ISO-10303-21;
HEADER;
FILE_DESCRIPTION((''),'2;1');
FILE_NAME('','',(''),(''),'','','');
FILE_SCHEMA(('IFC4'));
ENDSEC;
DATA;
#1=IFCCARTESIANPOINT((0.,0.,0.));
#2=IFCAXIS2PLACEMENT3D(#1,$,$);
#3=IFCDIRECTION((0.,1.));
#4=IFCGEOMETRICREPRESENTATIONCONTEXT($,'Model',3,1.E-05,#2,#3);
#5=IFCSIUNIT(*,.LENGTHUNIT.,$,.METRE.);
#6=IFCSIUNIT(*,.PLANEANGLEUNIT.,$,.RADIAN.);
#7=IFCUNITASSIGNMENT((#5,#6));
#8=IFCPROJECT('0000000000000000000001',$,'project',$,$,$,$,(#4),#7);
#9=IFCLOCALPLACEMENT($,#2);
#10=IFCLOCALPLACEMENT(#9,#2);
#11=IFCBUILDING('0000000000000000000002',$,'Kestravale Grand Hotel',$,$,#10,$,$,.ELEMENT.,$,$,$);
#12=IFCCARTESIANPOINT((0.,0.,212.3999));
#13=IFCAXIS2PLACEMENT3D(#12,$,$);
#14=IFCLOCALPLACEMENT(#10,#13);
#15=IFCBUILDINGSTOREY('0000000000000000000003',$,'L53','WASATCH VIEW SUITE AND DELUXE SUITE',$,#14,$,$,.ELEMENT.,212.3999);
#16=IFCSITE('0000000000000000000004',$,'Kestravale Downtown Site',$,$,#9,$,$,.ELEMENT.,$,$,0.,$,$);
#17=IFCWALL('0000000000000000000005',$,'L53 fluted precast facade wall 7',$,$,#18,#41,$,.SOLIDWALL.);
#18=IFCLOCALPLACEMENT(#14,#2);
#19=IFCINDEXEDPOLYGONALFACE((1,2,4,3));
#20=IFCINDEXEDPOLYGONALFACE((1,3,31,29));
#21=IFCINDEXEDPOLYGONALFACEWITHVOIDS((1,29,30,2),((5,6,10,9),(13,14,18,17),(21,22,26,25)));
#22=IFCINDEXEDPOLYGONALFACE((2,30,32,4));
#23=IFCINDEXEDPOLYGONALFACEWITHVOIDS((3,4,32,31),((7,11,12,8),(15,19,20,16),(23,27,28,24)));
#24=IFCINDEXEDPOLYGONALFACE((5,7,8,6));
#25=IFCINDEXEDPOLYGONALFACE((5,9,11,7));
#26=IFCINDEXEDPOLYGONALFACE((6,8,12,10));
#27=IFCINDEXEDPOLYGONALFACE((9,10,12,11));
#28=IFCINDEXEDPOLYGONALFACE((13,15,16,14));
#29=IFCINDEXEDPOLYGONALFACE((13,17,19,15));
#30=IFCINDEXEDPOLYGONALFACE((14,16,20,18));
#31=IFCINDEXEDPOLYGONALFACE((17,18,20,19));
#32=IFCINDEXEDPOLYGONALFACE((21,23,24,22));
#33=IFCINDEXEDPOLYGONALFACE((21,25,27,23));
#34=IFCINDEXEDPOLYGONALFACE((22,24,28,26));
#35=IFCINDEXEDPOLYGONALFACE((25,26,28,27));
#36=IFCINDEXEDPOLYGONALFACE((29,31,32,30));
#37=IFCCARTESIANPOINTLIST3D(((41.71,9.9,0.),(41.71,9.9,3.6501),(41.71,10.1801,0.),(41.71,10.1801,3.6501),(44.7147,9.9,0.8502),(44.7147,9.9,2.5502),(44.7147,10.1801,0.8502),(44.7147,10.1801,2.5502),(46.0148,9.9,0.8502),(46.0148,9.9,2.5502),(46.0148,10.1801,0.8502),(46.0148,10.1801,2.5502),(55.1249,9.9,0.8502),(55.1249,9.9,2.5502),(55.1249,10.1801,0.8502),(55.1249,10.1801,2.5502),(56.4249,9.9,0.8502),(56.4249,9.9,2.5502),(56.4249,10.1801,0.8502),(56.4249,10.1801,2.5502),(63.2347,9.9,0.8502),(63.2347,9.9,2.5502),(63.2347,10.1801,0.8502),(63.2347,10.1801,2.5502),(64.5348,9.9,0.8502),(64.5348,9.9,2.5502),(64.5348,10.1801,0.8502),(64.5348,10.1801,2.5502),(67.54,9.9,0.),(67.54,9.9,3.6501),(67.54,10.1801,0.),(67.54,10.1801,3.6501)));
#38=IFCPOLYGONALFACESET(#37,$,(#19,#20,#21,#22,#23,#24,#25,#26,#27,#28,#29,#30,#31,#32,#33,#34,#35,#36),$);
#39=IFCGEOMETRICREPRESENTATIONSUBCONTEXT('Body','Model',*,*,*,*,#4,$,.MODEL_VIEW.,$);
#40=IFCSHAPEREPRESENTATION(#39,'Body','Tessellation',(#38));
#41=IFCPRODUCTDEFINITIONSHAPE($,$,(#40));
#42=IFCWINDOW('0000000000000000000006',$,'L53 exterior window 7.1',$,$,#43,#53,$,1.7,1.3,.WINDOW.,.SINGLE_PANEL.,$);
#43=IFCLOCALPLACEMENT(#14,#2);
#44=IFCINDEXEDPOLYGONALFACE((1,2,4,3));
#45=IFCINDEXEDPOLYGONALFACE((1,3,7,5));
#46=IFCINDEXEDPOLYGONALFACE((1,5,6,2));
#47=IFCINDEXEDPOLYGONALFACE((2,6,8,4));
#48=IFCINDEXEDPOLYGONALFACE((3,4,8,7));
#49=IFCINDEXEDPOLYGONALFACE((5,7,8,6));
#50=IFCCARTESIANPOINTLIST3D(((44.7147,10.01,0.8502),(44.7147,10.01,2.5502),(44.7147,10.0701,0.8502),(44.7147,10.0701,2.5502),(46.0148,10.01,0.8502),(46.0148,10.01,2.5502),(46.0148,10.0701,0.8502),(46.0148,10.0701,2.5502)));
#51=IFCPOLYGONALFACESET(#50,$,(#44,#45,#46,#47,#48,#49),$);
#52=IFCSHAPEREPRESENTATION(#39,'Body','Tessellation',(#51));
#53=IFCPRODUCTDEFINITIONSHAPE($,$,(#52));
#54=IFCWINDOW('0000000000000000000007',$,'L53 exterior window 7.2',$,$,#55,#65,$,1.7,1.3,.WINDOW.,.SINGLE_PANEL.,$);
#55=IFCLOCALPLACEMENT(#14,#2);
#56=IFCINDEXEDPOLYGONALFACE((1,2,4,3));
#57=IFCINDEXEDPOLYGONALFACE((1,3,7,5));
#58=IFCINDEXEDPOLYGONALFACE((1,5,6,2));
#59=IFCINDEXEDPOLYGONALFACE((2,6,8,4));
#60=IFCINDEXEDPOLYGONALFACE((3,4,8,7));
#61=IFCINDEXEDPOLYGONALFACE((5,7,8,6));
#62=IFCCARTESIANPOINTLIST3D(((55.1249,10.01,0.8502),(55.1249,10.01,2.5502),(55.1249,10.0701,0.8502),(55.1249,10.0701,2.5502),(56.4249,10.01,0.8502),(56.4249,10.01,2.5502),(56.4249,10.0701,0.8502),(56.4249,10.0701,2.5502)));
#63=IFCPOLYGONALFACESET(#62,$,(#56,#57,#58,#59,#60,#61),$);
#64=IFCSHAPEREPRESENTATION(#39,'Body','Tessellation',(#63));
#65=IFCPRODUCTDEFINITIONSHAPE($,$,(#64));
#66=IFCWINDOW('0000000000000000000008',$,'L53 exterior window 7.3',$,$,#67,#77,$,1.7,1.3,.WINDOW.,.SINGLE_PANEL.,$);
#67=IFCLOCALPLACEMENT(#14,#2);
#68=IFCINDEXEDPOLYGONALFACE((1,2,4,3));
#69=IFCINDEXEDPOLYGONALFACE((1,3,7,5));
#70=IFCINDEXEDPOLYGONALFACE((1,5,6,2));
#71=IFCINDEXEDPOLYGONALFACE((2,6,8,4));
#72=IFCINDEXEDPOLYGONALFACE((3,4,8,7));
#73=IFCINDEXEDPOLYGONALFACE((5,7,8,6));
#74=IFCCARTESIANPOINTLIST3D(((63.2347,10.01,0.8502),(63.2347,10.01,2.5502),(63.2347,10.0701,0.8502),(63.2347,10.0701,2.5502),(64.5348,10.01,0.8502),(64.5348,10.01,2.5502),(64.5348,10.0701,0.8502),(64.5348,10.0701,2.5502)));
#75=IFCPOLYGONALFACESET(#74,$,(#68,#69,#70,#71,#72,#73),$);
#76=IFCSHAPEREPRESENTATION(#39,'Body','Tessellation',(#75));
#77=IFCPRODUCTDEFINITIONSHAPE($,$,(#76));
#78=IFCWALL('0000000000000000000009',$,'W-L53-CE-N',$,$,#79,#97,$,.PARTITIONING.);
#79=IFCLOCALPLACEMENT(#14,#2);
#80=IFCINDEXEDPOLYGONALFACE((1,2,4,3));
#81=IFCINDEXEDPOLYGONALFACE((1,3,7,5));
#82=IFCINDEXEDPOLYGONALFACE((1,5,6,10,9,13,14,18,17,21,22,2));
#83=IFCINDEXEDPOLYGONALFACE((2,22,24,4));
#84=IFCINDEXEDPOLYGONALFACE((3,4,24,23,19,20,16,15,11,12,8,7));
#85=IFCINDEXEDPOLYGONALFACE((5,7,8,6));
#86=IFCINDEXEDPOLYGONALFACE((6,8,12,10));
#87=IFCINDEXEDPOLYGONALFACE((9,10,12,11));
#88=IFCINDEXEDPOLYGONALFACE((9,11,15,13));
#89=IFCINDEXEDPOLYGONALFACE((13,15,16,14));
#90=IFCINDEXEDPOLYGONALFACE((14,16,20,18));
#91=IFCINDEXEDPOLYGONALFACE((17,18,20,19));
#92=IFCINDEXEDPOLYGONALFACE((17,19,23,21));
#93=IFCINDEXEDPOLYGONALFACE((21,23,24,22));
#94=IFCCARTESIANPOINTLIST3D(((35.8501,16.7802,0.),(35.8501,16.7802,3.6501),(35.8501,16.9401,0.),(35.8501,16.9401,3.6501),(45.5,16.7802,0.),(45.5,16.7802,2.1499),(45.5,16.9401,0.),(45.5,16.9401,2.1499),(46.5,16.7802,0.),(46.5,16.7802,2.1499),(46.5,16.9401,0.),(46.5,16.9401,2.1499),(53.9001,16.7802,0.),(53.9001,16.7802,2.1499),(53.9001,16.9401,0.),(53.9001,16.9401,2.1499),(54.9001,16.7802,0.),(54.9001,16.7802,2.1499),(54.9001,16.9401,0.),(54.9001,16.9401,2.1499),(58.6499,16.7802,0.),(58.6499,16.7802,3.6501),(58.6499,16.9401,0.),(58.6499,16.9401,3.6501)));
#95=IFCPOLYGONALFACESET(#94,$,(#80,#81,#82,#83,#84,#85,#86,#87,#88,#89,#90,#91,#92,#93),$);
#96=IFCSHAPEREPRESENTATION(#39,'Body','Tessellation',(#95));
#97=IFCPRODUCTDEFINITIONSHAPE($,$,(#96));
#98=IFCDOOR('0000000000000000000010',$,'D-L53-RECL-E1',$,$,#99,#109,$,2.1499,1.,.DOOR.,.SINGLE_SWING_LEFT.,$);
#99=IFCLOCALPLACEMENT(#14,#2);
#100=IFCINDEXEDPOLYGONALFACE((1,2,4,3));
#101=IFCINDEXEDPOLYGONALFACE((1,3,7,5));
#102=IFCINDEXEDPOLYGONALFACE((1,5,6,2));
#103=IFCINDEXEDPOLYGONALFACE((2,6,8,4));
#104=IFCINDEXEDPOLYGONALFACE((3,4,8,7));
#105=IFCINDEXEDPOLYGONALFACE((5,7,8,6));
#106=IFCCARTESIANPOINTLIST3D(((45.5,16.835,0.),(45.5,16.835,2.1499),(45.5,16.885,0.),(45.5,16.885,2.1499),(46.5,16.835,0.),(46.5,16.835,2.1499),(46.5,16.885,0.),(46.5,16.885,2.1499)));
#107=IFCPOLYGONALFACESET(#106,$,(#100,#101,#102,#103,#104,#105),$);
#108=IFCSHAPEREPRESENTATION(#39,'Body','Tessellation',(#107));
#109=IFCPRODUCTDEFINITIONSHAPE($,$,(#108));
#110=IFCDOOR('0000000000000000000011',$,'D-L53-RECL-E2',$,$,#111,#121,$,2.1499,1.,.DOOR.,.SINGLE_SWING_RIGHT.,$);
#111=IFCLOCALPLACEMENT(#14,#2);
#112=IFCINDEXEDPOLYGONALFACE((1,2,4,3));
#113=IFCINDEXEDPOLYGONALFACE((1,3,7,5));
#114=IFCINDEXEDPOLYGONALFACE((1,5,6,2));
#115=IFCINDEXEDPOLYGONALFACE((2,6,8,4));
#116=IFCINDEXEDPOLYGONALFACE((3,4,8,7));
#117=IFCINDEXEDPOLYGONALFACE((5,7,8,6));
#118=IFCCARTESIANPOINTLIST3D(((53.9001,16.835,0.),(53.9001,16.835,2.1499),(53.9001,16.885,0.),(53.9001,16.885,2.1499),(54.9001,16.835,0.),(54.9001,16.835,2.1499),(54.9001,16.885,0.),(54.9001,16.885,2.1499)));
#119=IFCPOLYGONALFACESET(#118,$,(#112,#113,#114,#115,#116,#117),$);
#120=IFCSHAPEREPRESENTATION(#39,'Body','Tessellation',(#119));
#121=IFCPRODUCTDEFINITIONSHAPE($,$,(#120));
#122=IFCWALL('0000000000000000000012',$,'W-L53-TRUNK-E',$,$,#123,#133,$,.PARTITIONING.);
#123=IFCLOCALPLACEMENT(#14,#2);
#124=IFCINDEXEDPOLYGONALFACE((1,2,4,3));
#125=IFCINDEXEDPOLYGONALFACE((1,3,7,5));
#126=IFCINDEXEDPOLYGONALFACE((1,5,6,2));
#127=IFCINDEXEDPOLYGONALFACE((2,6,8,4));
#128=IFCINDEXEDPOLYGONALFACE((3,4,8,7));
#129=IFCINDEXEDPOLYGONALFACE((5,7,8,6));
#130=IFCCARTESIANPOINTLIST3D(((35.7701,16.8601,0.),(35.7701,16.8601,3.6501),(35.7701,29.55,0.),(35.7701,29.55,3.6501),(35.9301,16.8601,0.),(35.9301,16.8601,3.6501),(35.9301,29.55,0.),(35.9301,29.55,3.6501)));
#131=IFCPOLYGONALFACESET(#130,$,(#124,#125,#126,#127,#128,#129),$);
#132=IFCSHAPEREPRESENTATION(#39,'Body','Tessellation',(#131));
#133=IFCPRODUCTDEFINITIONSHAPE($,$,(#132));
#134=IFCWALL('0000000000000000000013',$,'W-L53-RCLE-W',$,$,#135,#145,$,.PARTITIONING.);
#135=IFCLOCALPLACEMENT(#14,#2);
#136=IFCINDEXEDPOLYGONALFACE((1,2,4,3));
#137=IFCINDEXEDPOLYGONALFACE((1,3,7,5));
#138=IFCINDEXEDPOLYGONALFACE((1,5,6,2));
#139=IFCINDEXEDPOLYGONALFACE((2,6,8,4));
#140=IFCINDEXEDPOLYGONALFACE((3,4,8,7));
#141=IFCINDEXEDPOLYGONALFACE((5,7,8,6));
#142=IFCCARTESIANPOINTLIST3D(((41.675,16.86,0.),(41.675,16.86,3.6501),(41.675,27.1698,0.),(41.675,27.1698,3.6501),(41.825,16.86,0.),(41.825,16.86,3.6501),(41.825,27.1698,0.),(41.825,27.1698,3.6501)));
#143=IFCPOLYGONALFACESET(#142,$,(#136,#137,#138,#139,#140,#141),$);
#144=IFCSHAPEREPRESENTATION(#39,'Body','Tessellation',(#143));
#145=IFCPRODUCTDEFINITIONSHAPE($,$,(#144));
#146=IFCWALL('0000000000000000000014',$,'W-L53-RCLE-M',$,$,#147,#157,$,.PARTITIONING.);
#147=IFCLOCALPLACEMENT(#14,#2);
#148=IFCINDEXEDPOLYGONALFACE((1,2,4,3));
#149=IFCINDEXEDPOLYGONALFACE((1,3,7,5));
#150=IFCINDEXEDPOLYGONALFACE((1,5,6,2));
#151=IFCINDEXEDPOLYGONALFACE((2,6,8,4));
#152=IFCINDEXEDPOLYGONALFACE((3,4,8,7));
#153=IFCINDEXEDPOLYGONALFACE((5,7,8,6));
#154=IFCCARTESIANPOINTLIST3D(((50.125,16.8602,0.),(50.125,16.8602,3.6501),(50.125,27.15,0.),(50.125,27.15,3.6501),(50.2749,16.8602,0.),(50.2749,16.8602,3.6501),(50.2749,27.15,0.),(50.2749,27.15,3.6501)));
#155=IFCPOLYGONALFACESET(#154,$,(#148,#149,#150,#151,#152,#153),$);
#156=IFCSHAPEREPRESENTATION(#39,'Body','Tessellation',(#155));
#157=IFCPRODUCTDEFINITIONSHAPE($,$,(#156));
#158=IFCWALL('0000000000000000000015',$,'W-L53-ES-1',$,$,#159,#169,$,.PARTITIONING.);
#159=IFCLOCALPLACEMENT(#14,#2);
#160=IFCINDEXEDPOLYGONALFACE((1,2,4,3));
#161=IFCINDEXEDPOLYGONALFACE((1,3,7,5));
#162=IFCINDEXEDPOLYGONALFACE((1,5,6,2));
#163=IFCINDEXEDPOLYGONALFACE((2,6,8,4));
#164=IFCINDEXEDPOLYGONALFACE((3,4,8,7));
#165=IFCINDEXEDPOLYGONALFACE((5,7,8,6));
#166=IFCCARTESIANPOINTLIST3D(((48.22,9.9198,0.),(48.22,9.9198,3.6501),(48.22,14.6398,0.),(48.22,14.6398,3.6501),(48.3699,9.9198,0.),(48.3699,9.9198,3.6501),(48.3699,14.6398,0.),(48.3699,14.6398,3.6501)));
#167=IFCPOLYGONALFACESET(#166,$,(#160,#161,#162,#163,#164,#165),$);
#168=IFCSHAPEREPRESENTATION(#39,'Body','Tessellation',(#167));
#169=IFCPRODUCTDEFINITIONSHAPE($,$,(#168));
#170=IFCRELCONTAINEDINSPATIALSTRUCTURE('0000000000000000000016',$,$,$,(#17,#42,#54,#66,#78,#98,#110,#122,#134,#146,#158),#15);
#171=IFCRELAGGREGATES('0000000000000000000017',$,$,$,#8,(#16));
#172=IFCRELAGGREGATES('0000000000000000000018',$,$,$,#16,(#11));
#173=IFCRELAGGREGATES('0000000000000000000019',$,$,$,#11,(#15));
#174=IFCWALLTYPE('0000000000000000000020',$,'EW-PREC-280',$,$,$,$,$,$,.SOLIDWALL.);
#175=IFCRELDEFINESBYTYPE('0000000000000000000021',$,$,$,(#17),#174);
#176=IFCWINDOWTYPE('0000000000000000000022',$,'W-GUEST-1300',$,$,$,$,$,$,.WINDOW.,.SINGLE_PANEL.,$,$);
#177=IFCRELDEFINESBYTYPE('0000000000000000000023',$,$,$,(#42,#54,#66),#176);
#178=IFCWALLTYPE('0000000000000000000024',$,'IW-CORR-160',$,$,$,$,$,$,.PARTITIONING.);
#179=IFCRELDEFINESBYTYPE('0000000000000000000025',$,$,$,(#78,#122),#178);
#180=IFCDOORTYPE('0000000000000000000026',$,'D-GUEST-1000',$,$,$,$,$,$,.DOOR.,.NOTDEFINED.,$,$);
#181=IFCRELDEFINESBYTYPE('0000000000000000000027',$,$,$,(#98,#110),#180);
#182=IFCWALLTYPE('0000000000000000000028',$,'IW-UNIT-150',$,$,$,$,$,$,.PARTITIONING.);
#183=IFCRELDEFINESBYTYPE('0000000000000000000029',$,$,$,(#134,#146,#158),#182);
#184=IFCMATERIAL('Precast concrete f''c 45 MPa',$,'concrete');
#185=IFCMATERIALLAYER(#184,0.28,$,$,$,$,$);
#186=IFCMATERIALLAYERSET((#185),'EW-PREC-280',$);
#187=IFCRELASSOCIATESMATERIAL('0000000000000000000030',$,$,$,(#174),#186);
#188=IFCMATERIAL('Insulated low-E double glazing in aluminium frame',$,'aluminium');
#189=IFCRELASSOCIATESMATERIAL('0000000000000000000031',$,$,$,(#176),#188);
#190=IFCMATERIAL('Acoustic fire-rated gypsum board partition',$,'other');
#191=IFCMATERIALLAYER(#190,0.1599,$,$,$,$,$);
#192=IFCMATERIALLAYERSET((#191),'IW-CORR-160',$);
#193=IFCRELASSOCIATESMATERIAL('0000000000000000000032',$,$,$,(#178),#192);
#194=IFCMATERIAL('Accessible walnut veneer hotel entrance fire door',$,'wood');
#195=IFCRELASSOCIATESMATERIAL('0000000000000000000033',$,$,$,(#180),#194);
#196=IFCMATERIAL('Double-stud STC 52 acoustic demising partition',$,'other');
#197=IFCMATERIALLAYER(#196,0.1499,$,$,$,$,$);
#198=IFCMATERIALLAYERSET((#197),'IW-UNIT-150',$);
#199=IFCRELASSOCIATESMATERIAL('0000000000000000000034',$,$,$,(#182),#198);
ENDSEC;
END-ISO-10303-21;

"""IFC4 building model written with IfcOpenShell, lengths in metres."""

from ifc_helpers import new_model, si_unit, direction, frame, frame_2d, origin, place, context, subcontext, project, spatial, rectangle, extrude, material, layer, layer_set, type_object, element, fill, save


model = new_model("IFC4")

# Units and contexts
model_context = context("Model", 3, precision=1e-05, world=origin(), true_north=direction((0.0, 1.0)))
body_context = subcontext(model_context, "Body", "Model", "MODEL_VIEW")
ifc_project = project(units=[si_unit("LENGTHUNIT", "METRE"), si_unit("PLANEANGLEUNIT", "RADIAN")], contexts=[model_context])

# Site, building, storey
site_placement = place(None, origin())
site = spatial("IfcSite", under=ifc_project, at=site_placement, Name="Kestravale Downtown Site", CompositionType="ELEMENT", RefElevation=0.0)
building_placement = place(site_placement, origin())
building = spatial("IfcBuilding", under=site, at=building_placement, Name="Kestravale Grand Hotel", CompositionType="ELEMENT")
storey_placement = place(building_placement, frame((0.0, 0.0, 212.3999)))
storey = spatial("IfcBuildingStorey", under=building, at=storey_placement, Name="L53", Description="WASATCH VIEW SUITE AND DELUXE SUITE", CompositionType="ELEMENT", Elevation=212.3999)

# Shared definitions
ifc_material_1 = material(Name="Precast concrete f'c 45 MPa", Category="concrete")
ifc_layer_1 = layer(ifc_material_1, 0.28)
ifc_layer_set_1 = layer_set([ifc_layer_1], Name="EW-PREC-280")
wall_type_1 = type_object("IfcWallType", Name="EW-PREC-280", PredefinedType="SOLIDWALL", material=ifc_layer_set_1)

# Shared definitions
ifc_material_2 = material(Name="Insulated low-E double glazing in aluminium frame", Category="aluminium")
window_type = type_object("IfcWindowType", Name="W-GUEST-1300", PartitioningType="SINGLE_PANEL", PredefinedType="WINDOW", material=ifc_material_2)

# Wall, openings, windows
wall_1_placement = place(storey_placement, frame((41.71, 10.04, 0.0), z_axis=(0.0, 0.0, 1.0), x_axis=(1.0, 0.0, 0.0)))
wall_1 = element("IfcWall", 1, at=wall_1_placement, inside=storey, type_object=wall_type_1, Name="L53 fluted precast facade wall 7", PredefinedType="SOLIDWALL", context=body_context, shape_type="SweptSolid", body=[
    extrude(rectangle(XDim=25.8301, YDim=0.28, at=frame_2d((12.915, 0.0))), origin(), (0.0, 0.0, 1.0), 3.6501),
])
opening_1_placement = place(wall_1_placement, frame((3.0049, 0.0, 0.8501)))
opening_1 = element("IfcOpeningElement", 2, at=opening_1_placement, cuts=wall_1, PredefinedType="OPENING", context=body_context, shape_type="SweptSolid", body=[
    extrude(rectangle(XDim=1.3, YDim=1.7, at=frame_2d((0.6499, 0.8501))), frame((0.0, 0.1499, 0.0), z_axis=(0.0, -1.0, 0.0), x_axis=(1.0, 0.0, 0.0)), (0.0, 0.0, 1.0), 0.3),
])
opening_2_placement = place(wall_1_placement, frame((13.415, 0.0, 0.8501)))
opening_2 = element("IfcOpeningElement", 3, at=opening_2_placement, cuts=wall_1, PredefinedType="OPENING", context=body_context, shape_type="SweptSolid", body=[
    extrude(rectangle(XDim=1.3, YDim=1.7, at=frame_2d((0.6499, 0.8501))), frame((0.0, 0.1499, 0.0), z_axis=(0.0, -1.0, 0.0), x_axis=(1.0, 0.0, 0.0)), (0.0, 0.0, 1.0), 0.3),
])
opening_3_placement = place(wall_1_placement, frame((21.5249, 0.0, 0.8501)))
opening_3 = element("IfcOpeningElement", 4, at=opening_3_placement, cuts=wall_1, PredefinedType="OPENING", context=body_context, shape_type="SweptSolid", body=[
    extrude(rectangle(XDim=1.3, YDim=1.7, at=frame_2d((0.6499, 0.8501))), frame((0.0, 0.1499, 0.0), z_axis=(0.0, -1.0, 0.0), x_axis=(1.0, 0.0, 0.0)), (0.0, 0.0, 1.0), 0.3),
])
window_1_placement = place(opening_1_placement, origin())
window_1 = element("IfcWindow", 5, at=window_1_placement, inside=storey, type_object=window_type, Name="L53 exterior window 7.1", OverallHeight=1.7, OverallWidth=1.3, PartitioningType="SINGLE_PANEL", PredefinedType="WINDOW", context=body_context, shape_type="SweptSolid", body=[
    extrude(rectangle(XDim=1.3, YDim=1.7, at=frame_2d((0.6499, 0.8501))), frame((0.0, 0.03, 0.0), z_axis=(0.0, -1.0, 0.0), x_axis=(1.0, 0.0, 0.0)), (0.0, 0.0, 1.0), 0.0601),
])
fill(opening_1, window_1)
window_2_placement = place(opening_2_placement, origin())
window_2 = element("IfcWindow", 6, at=window_2_placement, inside=storey, type_object=window_type, Name="L53 exterior window 7.2", OverallHeight=1.7, OverallWidth=1.3, PartitioningType="SINGLE_PANEL", PredefinedType="WINDOW", context=body_context, shape_type="SweptSolid", body=[
    extrude(rectangle(XDim=1.3, YDim=1.7, at=frame_2d((0.6499, 0.8501))), frame((0.0, 0.03, 0.0), z_axis=(0.0, -1.0, 0.0), x_axis=(1.0, 0.0, 0.0)), (0.0, 0.0, 1.0), 0.0601),
])
fill(opening_2, window_2)
window_3_placement = place(opening_3_placement, origin())
window_3 = element("IfcWindow", 7, at=window_3_placement, inside=storey, type_object=window_type, Name="L53 exterior window 7.3", OverallHeight=1.7, OverallWidth=1.3, PartitioningType="SINGLE_PANEL", PredefinedType="WINDOW", context=body_context, shape_type="SweptSolid", body=[
    extrude(rectangle(XDim=1.3, YDim=1.7, at=frame_2d((0.6499, 0.8501))), frame((0.0, 0.03, 0.0), z_axis=(0.0, -1.0, 0.0), x_axis=(1.0, 0.0, 0.0)), (0.0, 0.0, 1.0), 0.0601),
])
fill(opening_3, window_3)

# Wall, openings, doors
ifc_material_3 = material(Name="Acoustic fire-rated gypsum board partition", Category="other")
ifc_layer_2 = layer(ifc_material_3, 0.1599)
ifc_layer_set_2 = layer_set([ifc_layer_2], Name="IW-CORR-160")
wall_type_2 = type_object("IfcWallType", Name="IW-CORR-160", PredefinedType="PARTITIONING", material=ifc_layer_set_2)
wall_2_placement = place(storey_placement, frame((35.8501, 16.8601, 0.0), z_axis=(0.0, 0.0, 1.0), x_axis=(1.0, 0.0, 0.0)))
wall_2 = element("IfcWall", 8, at=wall_2_placement, inside=storey, type_object=wall_type_2, Name="W-L53-CE-N", PredefinedType="PARTITIONING", context=body_context, shape_type="SweptSolid", body=[
    extrude(rectangle(XDim=22.7998, YDim=0.1599, at=frame_2d((11.3999, 0.0))), origin(), (0.0, 0.0, 1.0), 3.6501),
])
opening_4_placement = place(wall_2_placement, frame((9.6499, 0.0, 0.0)))
opening_4 = element("IfcOpeningElement", 9, at=opening_4_placement, cuts=wall_2, PredefinedType="OPENING", context=body_context, shape_type="SweptSolid", body=[
    extrude(rectangle(XDim=1.0, YDim=2.1499, at=frame_2d((0.5, 1.075))), frame((0.0, 0.0898, 0.0), z_axis=(0.0, -1.0, 0.0), x_axis=(1.0, 0.0, 0.0)), (0.0, 0.0, 1.0), 0.1799),
])
opening_5_placement = place(wall_2_placement, frame((18.05, 0.0, 0.0)))
opening_5 = element("IfcOpeningElement", 10, at=opening_5_placement, cuts=wall_2, PredefinedType="OPENING", context=body_context, shape_type="SweptSolid", body=[
    extrude(rectangle(XDim=1.0, YDim=2.1499, at=frame_2d((0.5, 1.075))), frame((0.0, 0.0898, 0.0), z_axis=(0.0, -1.0, 0.0), x_axis=(1.0, 0.0, 0.0)), (0.0, 0.0, 1.0), 0.1799),
])
ifc_material_4 = material(Name="Accessible walnut veneer hotel entrance fire door", Category="wood")
door_type = type_object("IfcDoorType", Name="D-GUEST-1000", OperationType="NOTDEFINED", PredefinedType="DOOR", material=ifc_material_4)
door_1_placement = place(opening_4_placement, origin())
door_1 = element("IfcDoor", 11, at=door_1_placement, inside=storey, type_object=door_type, Name="D-L53-RECL-E1", OperationType="SINGLE_SWING_LEFT", OverallHeight=2.1499, OverallWidth=1.0, PredefinedType="DOOR", context=body_context, shape_type="SweptSolid", body=[
    extrude(rectangle(XDim=1.0, YDim=2.1499, at=frame_2d((0.5, 1.075))), frame((0.0, 0.0249, 0.0), z_axis=(0.0, -1.0, 0.0), x_axis=(1.0, 0.0, 0.0)), (0.0, 0.0, 1.0), 0.05),
])
fill(opening_4, door_1)
door_2_placement = place(opening_5_placement, origin())
door_2 = element("IfcDoor", 12, at=door_2_placement, inside=storey, type_object=door_type, Name="D-L53-RECL-E2", OperationType="SINGLE_SWING_RIGHT", OverallHeight=2.1499, OverallWidth=1.0, PredefinedType="DOOR", context=body_context, shape_type="SweptSolid", body=[
    extrude(rectangle(XDim=1.0, YDim=2.1499, at=frame_2d((0.5, 1.075))), frame((0.0, 0.0249, 0.0), z_axis=(0.0, -1.0, 0.0), x_axis=(1.0, 0.0, 0.0)), (0.0, 0.0, 1.0), 0.05),
])
fill(opening_5, door_2)

# Walls
wall_3_placement = place(storey_placement, frame((35.8501, 16.8601, 0.0), z_axis=(0.0, 0.0, 1.0), x_axis=(0.0, 1.0, 0.0)))
element("IfcWall", 13, at=wall_3_placement, inside=storey, type_object=wall_type_2, Name="W-L53-TRUNK-E", PredefinedType="PARTITIONING", context=body_context, shape_type="SweptSolid", body=[
    extrude(rectangle(XDim=12.6899, YDim=0.1599, at=frame_2d((6.345, 0.0))), origin(), (0.0, 0.0, 1.0), 3.6501),
])
ifc_material_5 = material(Name="Double-stud STC 52 acoustic demising partition", Category="other")
ifc_layer_3 = layer(ifc_material_5, 0.1499)
ifc_layer_set_3 = layer_set([ifc_layer_3], Name="IW-UNIT-150")
wall_type_3 = type_object("IfcWallType", Name="IW-UNIT-150", PredefinedType="PARTITIONING", material=ifc_layer_set_3)
wall_4_placement = place(storey_placement, frame((41.75, 16.8601, 0.0), z_axis=(0.0, 0.0, 1.0), x_axis=(0.0, 1.0, 0.0)))
element("IfcWall", 14, at=wall_4_placement, inside=storey, type_object=wall_type_3, Name="W-L53-RCLE-W", PredefinedType="PARTITIONING", context=body_context, shape_type="SweptSolid", body=[
    extrude(rectangle(XDim=10.3098, YDim=0.1499, at=frame_2d((5.1548, 0.0))), origin(), (0.0, 0.0, 1.0), 3.6501),
])
wall_5_placement = place(storey_placement, frame((50.2, 16.8601, 0.0), z_axis=(0.0, 0.0, 1.0), x_axis=(0.0, 1.0, 0.0)))
element("IfcWall", 15, at=wall_5_placement, inside=storey, type_object=wall_type_3, Name="W-L53-RCLE-M", PredefinedType="PARTITIONING", context=body_context, shape_type="SweptSolid", body=[
    extrude(rectangle(XDim=10.2898, YDim=0.1499, at=frame_2d((5.145, 0.0))), origin(), (0.0, 0.0, 1.0), 3.6501),
])
wall_6_placement = place(storey_placement, frame((48.2949, 9.9199, 0.0), z_axis=(0.0, 0.0, 1.0), x_axis=(0.0, 1.0, 0.0)))
element("IfcWall", 16, at=wall_6_placement, inside=storey, type_object=wall_type_3, Name="W-L53-ES-1", PredefinedType="PARTITIONING", context=body_context, shape_type="SweptSolid", body=[
    extrude(rectangle(XDim=4.72, YDim=0.1499, at=frame_2d((2.3599, 0.0))), origin(), (0.0, 0.0, 1.0), 3.6501),
])

save(model, "model.ifc")
